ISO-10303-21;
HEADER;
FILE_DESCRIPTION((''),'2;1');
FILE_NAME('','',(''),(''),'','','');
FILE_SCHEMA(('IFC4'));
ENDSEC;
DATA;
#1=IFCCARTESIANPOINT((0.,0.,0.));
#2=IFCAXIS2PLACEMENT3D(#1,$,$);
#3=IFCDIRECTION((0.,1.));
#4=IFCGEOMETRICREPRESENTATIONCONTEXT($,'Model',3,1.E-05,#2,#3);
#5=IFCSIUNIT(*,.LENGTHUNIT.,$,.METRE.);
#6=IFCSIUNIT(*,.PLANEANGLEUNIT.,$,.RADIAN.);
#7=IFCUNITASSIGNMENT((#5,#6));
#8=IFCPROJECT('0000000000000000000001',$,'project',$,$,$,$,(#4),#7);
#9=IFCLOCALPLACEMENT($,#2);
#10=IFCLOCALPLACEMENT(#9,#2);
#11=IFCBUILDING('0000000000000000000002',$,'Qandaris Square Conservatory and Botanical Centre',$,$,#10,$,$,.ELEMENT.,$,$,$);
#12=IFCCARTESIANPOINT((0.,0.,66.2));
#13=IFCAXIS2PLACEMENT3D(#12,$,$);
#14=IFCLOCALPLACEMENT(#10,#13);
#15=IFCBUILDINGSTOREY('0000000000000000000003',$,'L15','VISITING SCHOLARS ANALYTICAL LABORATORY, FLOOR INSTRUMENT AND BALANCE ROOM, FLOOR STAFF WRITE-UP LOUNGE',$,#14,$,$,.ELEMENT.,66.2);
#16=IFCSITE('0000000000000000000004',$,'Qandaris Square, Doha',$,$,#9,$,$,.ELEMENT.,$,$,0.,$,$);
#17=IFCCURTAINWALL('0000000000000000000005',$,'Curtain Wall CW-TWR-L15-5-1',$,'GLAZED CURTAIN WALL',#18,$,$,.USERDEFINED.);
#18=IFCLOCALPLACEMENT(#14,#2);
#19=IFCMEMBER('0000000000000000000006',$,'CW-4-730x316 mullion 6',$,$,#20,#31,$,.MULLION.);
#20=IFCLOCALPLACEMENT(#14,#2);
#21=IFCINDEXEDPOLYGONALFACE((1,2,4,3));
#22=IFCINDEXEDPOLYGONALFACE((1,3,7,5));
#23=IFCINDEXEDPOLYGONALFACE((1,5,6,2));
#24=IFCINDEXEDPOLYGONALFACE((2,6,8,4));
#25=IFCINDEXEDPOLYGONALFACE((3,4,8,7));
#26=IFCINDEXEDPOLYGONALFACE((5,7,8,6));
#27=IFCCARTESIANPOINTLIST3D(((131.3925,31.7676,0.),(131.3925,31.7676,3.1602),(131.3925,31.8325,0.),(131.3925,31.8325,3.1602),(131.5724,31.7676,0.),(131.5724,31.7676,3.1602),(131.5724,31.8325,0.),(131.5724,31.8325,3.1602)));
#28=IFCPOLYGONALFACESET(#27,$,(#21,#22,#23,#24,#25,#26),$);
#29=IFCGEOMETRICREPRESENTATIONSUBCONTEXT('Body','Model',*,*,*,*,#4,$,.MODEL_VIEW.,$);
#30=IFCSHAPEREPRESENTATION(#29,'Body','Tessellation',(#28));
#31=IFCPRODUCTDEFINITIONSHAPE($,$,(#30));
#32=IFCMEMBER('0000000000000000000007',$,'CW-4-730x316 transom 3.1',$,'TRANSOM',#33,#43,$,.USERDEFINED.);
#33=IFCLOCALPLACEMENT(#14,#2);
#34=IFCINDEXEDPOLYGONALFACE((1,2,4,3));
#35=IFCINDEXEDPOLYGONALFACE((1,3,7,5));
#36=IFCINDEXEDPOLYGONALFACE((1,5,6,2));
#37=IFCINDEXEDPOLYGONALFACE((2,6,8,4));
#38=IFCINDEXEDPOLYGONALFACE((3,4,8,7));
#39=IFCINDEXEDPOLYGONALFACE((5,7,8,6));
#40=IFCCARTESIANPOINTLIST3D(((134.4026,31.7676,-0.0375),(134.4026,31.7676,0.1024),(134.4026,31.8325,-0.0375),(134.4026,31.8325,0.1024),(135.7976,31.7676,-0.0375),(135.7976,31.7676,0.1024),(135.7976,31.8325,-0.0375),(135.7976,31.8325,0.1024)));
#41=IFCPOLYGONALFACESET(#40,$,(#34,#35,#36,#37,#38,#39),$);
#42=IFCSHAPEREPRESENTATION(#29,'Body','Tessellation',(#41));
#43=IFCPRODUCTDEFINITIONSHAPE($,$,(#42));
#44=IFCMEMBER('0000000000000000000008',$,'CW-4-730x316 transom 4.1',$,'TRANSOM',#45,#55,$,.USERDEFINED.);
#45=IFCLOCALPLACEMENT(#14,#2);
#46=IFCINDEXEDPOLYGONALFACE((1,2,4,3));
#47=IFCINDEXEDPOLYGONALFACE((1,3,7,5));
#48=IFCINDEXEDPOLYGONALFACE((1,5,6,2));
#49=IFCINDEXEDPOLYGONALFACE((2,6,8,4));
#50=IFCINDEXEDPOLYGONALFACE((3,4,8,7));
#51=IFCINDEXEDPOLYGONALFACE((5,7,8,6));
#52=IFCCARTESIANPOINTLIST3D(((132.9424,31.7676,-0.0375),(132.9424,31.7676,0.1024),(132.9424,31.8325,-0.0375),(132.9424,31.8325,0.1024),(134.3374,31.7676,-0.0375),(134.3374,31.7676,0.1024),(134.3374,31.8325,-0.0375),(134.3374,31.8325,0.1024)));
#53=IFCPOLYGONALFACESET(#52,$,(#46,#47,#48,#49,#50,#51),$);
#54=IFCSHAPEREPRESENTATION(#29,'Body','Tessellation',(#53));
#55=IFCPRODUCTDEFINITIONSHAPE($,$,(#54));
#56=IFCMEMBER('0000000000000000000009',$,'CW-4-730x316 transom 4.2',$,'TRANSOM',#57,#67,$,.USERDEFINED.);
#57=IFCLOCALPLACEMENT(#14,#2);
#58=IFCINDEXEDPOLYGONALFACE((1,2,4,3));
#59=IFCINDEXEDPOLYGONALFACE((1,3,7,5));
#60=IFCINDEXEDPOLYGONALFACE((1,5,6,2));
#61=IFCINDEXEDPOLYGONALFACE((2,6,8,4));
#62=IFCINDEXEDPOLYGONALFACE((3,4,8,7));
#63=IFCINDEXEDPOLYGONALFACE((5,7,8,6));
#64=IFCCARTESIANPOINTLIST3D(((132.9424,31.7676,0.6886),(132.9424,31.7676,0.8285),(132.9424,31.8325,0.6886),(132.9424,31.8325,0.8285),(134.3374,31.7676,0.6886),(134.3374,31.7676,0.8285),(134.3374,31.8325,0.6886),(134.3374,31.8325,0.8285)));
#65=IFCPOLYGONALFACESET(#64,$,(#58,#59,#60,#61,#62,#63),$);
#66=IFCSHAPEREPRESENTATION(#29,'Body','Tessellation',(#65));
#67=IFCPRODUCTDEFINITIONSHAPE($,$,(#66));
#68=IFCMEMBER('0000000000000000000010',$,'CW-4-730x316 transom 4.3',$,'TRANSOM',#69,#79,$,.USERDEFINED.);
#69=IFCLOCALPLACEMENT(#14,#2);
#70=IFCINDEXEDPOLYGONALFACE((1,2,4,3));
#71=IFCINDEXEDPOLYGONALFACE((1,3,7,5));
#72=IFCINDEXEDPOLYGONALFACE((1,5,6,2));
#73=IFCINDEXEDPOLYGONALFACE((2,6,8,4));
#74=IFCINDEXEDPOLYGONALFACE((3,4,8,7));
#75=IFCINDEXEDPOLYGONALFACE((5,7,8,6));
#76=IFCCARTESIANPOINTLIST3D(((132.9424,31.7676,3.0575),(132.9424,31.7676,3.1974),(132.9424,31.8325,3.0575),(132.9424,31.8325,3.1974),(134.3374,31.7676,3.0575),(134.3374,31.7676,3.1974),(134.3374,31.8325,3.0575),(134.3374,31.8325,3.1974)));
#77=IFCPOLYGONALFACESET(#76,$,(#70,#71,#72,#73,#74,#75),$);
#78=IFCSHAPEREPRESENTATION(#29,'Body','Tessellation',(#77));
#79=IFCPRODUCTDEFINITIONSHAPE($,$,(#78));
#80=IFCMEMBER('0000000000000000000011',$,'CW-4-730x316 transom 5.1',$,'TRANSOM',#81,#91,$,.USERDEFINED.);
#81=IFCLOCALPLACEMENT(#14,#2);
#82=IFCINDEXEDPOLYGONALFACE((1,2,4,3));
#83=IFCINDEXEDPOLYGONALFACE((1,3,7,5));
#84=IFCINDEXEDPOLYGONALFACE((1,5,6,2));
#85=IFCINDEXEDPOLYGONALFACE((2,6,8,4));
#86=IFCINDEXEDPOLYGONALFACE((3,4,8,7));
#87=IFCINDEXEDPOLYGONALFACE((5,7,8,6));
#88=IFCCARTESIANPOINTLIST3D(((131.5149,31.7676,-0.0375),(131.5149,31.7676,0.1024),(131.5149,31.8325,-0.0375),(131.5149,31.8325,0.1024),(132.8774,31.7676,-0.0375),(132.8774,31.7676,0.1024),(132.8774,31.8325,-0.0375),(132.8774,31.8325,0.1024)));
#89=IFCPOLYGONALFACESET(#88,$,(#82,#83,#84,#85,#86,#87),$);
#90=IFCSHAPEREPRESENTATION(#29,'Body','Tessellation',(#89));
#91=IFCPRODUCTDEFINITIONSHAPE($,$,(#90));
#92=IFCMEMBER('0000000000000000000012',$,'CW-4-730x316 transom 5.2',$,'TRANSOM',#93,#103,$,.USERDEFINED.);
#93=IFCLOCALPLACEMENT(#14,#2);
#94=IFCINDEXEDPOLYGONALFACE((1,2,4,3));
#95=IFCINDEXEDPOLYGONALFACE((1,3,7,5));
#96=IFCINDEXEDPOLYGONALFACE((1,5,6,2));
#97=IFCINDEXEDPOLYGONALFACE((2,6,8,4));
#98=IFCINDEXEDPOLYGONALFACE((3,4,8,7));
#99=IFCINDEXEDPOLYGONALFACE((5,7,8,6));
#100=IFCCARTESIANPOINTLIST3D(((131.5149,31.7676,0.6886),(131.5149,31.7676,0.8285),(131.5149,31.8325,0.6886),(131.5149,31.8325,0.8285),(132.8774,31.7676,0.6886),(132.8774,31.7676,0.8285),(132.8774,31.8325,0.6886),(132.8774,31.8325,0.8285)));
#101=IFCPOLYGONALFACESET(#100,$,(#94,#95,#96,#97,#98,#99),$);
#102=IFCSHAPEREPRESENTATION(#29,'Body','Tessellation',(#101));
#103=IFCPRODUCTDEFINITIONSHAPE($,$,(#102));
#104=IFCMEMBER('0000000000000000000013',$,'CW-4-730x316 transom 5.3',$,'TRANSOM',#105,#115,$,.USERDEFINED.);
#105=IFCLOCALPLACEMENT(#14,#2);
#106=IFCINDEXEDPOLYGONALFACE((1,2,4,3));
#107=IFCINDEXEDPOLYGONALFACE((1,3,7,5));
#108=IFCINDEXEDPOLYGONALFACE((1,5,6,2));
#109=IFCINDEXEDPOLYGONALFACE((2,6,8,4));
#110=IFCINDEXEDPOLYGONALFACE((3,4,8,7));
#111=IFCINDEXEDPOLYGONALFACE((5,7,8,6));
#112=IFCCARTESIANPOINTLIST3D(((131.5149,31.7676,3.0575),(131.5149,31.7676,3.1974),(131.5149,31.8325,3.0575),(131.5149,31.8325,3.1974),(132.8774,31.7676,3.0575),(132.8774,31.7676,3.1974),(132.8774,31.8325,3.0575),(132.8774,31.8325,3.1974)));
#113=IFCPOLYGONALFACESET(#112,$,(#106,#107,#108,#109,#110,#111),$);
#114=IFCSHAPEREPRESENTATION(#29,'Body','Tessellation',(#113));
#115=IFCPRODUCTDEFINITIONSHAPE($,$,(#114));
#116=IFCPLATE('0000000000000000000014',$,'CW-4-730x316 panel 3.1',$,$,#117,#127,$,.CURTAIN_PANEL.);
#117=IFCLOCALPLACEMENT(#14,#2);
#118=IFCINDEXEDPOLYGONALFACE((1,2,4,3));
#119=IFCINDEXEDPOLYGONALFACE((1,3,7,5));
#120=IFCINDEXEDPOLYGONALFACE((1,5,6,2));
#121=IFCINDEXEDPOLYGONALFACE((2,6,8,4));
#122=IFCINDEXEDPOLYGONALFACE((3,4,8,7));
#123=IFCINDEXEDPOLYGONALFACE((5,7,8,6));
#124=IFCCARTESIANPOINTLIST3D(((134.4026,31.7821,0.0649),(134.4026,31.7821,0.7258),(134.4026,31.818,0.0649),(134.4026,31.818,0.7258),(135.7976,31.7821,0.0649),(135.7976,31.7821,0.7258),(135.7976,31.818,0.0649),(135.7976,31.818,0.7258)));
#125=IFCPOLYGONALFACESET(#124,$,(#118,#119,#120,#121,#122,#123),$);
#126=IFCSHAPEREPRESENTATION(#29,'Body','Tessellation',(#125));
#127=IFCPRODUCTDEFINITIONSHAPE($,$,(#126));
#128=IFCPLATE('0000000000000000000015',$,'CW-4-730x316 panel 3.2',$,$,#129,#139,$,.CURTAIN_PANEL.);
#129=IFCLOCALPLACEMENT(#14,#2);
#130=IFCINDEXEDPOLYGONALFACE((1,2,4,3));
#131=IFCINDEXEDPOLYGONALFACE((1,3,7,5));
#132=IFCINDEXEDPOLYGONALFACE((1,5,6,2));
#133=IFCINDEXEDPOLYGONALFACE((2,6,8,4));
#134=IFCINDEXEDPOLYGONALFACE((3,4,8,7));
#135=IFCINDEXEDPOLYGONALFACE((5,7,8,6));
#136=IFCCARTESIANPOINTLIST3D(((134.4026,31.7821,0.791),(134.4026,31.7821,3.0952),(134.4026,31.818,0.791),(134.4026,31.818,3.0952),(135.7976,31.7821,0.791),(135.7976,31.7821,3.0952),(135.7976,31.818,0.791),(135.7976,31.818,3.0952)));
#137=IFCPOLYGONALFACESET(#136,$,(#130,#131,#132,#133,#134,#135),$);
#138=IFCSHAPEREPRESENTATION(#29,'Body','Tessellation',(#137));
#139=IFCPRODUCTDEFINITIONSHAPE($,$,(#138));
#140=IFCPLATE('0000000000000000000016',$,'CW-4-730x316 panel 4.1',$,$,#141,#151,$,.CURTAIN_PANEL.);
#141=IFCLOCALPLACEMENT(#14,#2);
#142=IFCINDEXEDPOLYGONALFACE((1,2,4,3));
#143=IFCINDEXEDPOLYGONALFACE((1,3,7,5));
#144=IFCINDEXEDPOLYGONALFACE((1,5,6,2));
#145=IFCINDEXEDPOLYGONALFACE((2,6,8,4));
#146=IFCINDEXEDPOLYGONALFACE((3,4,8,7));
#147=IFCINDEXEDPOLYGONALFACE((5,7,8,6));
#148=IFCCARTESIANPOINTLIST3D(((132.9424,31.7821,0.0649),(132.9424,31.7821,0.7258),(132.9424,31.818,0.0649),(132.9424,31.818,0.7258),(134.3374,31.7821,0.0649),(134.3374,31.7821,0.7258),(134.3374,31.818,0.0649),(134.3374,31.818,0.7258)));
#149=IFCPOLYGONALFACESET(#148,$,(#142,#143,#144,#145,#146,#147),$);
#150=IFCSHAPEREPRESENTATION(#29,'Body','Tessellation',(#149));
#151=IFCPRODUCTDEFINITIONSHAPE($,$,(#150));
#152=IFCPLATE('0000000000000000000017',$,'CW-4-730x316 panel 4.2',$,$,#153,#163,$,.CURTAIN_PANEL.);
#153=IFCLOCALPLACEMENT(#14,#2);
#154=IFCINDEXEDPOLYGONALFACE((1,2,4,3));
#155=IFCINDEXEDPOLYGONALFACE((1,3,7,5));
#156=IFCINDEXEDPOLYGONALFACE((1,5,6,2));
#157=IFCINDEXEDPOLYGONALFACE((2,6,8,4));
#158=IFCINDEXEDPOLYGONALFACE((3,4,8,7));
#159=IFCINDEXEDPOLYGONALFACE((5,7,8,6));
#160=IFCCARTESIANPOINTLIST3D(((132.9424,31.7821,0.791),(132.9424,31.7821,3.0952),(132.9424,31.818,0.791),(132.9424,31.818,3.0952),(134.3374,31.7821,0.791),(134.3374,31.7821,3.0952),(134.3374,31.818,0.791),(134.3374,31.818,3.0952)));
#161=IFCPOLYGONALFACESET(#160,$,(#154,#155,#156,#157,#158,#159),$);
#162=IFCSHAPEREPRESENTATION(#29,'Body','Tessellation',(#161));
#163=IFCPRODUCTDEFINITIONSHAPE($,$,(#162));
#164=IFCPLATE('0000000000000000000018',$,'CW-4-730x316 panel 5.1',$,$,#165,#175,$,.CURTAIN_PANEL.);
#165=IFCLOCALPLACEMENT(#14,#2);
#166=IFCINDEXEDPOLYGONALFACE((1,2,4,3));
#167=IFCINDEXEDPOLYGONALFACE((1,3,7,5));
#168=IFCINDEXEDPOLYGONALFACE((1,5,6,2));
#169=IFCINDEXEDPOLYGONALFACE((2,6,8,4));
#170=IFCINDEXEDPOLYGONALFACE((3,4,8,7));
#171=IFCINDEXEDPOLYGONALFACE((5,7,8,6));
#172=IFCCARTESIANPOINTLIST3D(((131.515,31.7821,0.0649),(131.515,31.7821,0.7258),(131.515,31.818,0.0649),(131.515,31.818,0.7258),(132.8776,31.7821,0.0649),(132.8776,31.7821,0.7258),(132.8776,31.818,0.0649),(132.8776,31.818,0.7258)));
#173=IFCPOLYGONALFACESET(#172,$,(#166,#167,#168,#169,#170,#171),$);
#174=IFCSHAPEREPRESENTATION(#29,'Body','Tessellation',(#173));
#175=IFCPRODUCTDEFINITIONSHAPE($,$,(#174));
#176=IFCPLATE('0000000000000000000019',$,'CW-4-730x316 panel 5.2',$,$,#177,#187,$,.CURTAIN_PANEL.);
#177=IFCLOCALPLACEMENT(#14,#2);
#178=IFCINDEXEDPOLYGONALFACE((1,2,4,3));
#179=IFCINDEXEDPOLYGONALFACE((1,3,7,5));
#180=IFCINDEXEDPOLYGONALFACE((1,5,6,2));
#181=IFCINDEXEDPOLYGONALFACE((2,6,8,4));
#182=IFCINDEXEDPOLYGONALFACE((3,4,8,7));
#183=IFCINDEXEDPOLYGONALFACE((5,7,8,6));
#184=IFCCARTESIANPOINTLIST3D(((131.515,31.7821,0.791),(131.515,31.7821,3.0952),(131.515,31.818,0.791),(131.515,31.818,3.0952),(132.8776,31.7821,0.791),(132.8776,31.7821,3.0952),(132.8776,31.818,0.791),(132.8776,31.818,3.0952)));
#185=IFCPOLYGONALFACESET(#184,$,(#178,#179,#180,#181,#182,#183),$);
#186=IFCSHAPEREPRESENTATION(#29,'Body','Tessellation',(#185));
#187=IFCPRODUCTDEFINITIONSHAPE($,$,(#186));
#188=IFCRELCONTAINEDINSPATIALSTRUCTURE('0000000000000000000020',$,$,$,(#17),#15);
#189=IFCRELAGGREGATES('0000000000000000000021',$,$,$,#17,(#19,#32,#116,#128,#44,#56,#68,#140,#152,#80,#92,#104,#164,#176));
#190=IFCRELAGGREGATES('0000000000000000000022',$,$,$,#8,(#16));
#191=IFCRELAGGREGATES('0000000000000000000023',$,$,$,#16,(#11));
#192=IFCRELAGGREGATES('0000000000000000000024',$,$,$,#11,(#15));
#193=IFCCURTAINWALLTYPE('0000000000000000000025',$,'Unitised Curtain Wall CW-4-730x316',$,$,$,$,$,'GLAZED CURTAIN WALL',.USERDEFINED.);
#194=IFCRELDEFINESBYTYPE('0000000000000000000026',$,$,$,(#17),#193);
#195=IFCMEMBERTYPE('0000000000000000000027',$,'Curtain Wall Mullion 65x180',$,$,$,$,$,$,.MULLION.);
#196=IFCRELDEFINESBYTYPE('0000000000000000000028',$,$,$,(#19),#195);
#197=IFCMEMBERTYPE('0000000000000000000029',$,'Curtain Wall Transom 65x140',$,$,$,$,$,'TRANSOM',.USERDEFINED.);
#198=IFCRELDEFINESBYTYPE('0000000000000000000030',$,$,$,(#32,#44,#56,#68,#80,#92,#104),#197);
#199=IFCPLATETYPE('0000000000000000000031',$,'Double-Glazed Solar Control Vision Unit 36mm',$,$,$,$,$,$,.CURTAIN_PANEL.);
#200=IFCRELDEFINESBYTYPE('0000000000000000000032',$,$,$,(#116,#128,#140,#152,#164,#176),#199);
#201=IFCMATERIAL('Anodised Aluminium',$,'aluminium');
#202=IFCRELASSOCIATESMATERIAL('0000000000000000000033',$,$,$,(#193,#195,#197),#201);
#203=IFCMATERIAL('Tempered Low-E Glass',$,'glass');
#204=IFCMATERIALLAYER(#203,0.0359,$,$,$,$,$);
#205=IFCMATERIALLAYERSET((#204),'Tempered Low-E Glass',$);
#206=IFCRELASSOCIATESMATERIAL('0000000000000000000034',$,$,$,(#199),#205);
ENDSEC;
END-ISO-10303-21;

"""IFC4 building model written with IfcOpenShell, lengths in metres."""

from ifc_helpers import new_model, si_unit, direction, frame, origin, origin_2d, place, context, subcontext, project, spatial, rectangle, extrude, material, layer, layer_set, material_profile, profile_set, type_object, element, aggregate, save


model = new_model("IFC4")

# Units and contexts
model_context = context("Model", 3, precision=1e-05, world=origin(), true_north=direction((0.0, 1.0)))
body_context = subcontext(model_context, "Body", "Model", "MODEL_VIEW")
ifc_project = project(units=[si_unit("LENGTHUNIT", "METRE"), si_unit("PLANEANGLEUNIT", "RADIAN")], contexts=[model_context])

# Site, building, storey
site_placement = place(None, origin())
site = spatial("IfcSite", under=ifc_project, at=site_placement, Name="Qandaris Square, Doha", CompositionType="ELEMENT", RefElevation=0.0)
building_placement = place(site_placement, origin())
building = spatial("IfcBuilding", under=site, at=building_placement, Name="Qandaris Square Conservatory and Botanical Centre", CompositionType="ELEMENT")
storey_placement = place(building_placement, frame((0.0, 0.0, 66.2)))
storey = spatial("IfcBuildingStorey", under=building, at=storey_placement, Name="L15", Description="VISITING SCHOLARS ANALYTICAL LABORATORY, FLOOR INSTRUMENT AND BALANCE ROOM, FLOOR STAFF WRITE-UP LOUNGE", CompositionType="ELEMENT", Elevation=66.2)

# Curtain wall, members, plates
ifc_material_1 = material(Name="Anodised Aluminium", Category="aluminium")
curtain_wall_type = type_object("IfcCurtainWallType", Name="Unitised Curtain Wall CW-4-730x316", ElementType="GLAZED CURTAIN WALL", PredefinedType="USERDEFINED", material=ifc_material_1)
curtain_wall_placement = place(storey_placement, origin())
curtain_wall = element("IfcCurtainWall", 1, at=curtain_wall_placement, inside=storey, type_object=curtain_wall_type, Name="Curtain Wall CW-TWR-L15-5-1", ObjectType="GLAZED CURTAIN WALL", PredefinedType="USERDEFINED")
ifc_material_profile_1 = material_profile(ifc_material_1, rectangle(XDim=0.0649, YDim=0.1799, at=origin_2d()), Name="ALU-MUL 65x180")
ifc_profile_set_1 = profile_set([ifc_material_profile_1], Name="Anodised Aluminium")
member_type_1 = type_object("IfcMemberType", Name="Curtain Wall Mullion 65x180", PredefinedType="MULLION", material=ifc_profile_set_1)
member_1_placement = place(storey_placement, frame((131.4824, 31.8, 0.0), z_axis=(0.0, 0.0, 1.0), x_axis=(0.0, -1.0, 0.0)))
member_1 = element("IfcMember", 2, at=member_1_placement, type_object=member_type_1, Name="CW-4-730x316 mullion 6", PredefinedType="MULLION", context=body_context, shape_type="SweptSolid", body=[
    extrude(rectangle(XDim=0.0649, YDim=0.1799, at=origin_2d()), origin(), (0.0, 0.0, 1.0), 3.1602),
])
ifc_material_profile_2 = material_profile(ifc_material_1, rectangle(XDim=0.0649, YDim=0.1399, at=origin_2d()), Name="ALU-TRN 65x140")
ifc_profile_set_2 = profile_set([ifc_material_profile_2], Name="Anodised Aluminium")
member_type_2 = type_object("IfcMemberType", Name="Curtain Wall Transom 65x140", ElementType="TRANSOM", PredefinedType="USERDEFINED", material=ifc_profile_set_2)
member_2_placement = place(storey_placement, frame((135.7976, 31.8, 0.0325), z_axis=(-1.0, 0.0, 0.0), x_axis=(0.0, -1.0, 0.0)))
member_2 = element("IfcMember", 3, at=member_2_placement, type_object=member_type_2, Name="CW-4-730x316 transom 3.1", ObjectType="TRANSOM", PredefinedType="USERDEFINED", context=body_context, shape_type="SweptSolid", body=[
    extrude(rectangle(XDim=0.0649, YDim=0.1399, at=origin_2d()), origin(), (0.0, 0.0, 1.0), 1.395),
])
member_3_placement = place(storey_placement, frame((134.3374, 31.8, 0.0325), z_axis=(-1.0, 0.0, 0.0), x_axis=(0.0, -1.0, 0.0)))
member_3 = element("IfcMember", 4, at=member_3_placement, type_object=member_type_2, Name="CW-4-730x316 transom 4.1", ObjectType="TRANSOM", PredefinedType="USERDEFINED", context=body_context, shape_type="SweptSolid", body=[
    extrude(rectangle(XDim=0.0649, YDim=0.1399, at=origin_2d()), origin(), (0.0, 0.0, 1.0), 1.395),
])
member_4_placement = place(storey_placement, frame((134.3374, 31.8, 0.7585), z_axis=(-1.0, 0.0, 0.0), x_axis=(0.0, -1.0, 0.0)))
member_4 = element("IfcMember", 5, at=member_4_placement, type_object=member_type_2, Name="CW-4-730x316 transom 4.2", ObjectType="TRANSOM", PredefinedType="USERDEFINED", context=body_context, shape_type="SweptSolid", body=[
    extrude(rectangle(XDim=0.0649, YDim=0.1399, at=origin_2d()), origin(), (0.0, 0.0, 1.0), 1.395),
])
member_5_placement = place(storey_placement, frame((134.3374, 31.8, 3.1274), z_axis=(-1.0, 0.0, 0.0), x_axis=(0.0, -1.0, 0.0)))
member_5 = element("IfcMember", 6, at=member_5_placement, type_object=member_type_2, Name="CW-4-730x316 transom 4.3", ObjectType="TRANSOM", PredefinedType="USERDEFINED", context=body_context, shape_type="SweptSolid", body=[
    extrude(rectangle(XDim=0.0649, YDim=0.1399, at=origin_2d()), origin(), (0.0, 0.0, 1.0), 1.395),
])
member_6_placement = place(storey_placement, frame((132.8774, 31.8, 0.0325), z_axis=(-1.0, 0.0, 0.0), x_axis=(0.0, -1.0, 0.0)))
member_6 = element("IfcMember", 7, at=member_6_placement, type_object=member_type_2, Name="CW-4-730x316 transom 5.1", ObjectType="TRANSOM", PredefinedType="USERDEFINED", context=body_context, shape_type="SweptSolid", body=[
    extrude(rectangle(XDim=0.0649, YDim=0.1399, at=origin_2d()), origin(), (0.0, 0.0, 1.0), 1.3625),
])
member_7_placement = place(storey_placement, frame((132.8774, 31.8, 0.7585), z_axis=(-1.0, 0.0, 0.0), x_axis=(0.0, -1.0, 0.0)))
member_7 = element("IfcMember", 8, at=member_7_placement, type_object=member_type_2, Name="CW-4-730x316 transom 5.2", ObjectType="TRANSOM", PredefinedType="USERDEFINED", context=body_context, shape_type="SweptSolid", body=[
    extrude(rectangle(XDim=0.0649, YDim=0.1399, at=origin_2d()), origin(), (0.0, 0.0, 1.0), 1.3625),
])
member_8_placement = place(storey_placement, frame((132.8774, 31.8, 3.1274), z_axis=(-1.0, 0.0, 0.0), x_axis=(0.0, -1.0, 0.0)))
member_8 = element("IfcMember", 9, at=member_8_placement, type_object=member_type_2, Name="CW-4-730x316 transom 5.3", ObjectType="TRANSOM", PredefinedType="USERDEFINED", context=body_context, shape_type="SweptSolid", body=[
    extrude(rectangle(XDim=0.0649, YDim=0.1399, at=origin_2d()), origin(), (0.0, 0.0, 1.0), 1.3625),
])
ifc_material_2 = material(Name="Tempered Low-E Glass", Category="glass")
ifc_layer_1 = layer(ifc_material_2, 0.0359)
ifc_layer_set_1 = layer_set([ifc_layer_1], Name="Tempered Low-E Glass")
plate_type = type_object("IfcPlateType", Name="Double-Glazed Solar Control Vision Unit 36mm", PredefinedType="CURTAIN_PANEL", material=ifc_layer_set_1)
plate_1_placement = place(storey_placement, frame((135.1001, 31.8, 0.0649), z_axis=(0.0, 0.0, 1.0), x_axis=(-1.0, 0.0, 0.0)))
plate_1 = element("IfcPlate", 10, at=plate_1_placement, type_object=plate_type, Name="CW-4-730x316 panel 3.1", PredefinedType="CURTAIN_PANEL", context=body_context, shape_type="SweptSolid", body=[
    extrude(rectangle(XDim=1.395, YDim=0.0359, at=origin_2d()), origin(), (0.0, 0.0, 1.0), 0.6609),
])
plate_2_placement = place(storey_placement, frame((135.1001, 31.8, 0.791), z_axis=(0.0, 0.0, 1.0), x_axis=(-1.0, 0.0, 0.0)))
plate_2 = element("IfcPlate", 11, at=plate_2_placement, type_object=plate_type, Name="CW-4-730x316 panel 3.2", PredefinedType="CURTAIN_PANEL", context=body_context, shape_type="SweptSolid", body=[
    extrude(rectangle(XDim=1.395, YDim=0.0359, at=origin_2d()), origin(), (0.0, 0.0, 1.0), 2.3042),
])
plate_3_placement = place(storey_placement, frame((133.6399, 31.8, 0.0649), z_axis=(0.0, 0.0, 1.0), x_axis=(-1.0, 0.0, 0.0)))
plate_3 = element("IfcPlate", 12, at=plate_3_placement, type_object=plate_type, Name="CW-4-730x316 panel 4.1", PredefinedType="CURTAIN_PANEL", context=body_context, shape_type="SweptSolid", body=[
    extrude(rectangle(XDim=1.395, YDim=0.0359, at=origin_2d()), origin(), (0.0, 0.0, 1.0), 0.6609),
])
plate_4_placement = place(storey_placement, frame((133.6399, 31.8, 0.791), z_axis=(0.0, 0.0, 1.0), x_axis=(-1.0, 0.0, 0.0)))
plate_4 = element("IfcPlate", 13, at=plate_4_placement, type_object=plate_type, Name="CW-4-730x316 panel 4.2", PredefinedType="CURTAIN_PANEL", context=body_context, shape_type="SweptSolid", body=[
    extrude(rectangle(XDim=1.395, YDim=0.0359, at=origin_2d()), origin(), (0.0, 0.0, 1.0), 2.3042),
])
plate_5_placement = place(storey_placement, frame((132.1963, 31.8, 0.0649), z_axis=(0.0, 0.0, 1.0), x_axis=(-1.0, 0.0, 0.0)))
plate_5 = element("IfcPlate", 14, at=plate_5_placement, type_object=plate_type, Name="CW-4-730x316 panel 5.1", PredefinedType="CURTAIN_PANEL", context=body_context, shape_type="SweptSolid", body=[
    extrude(rectangle(XDim=1.3625, YDim=0.0359, at=origin_2d()), origin(), (0.0, 0.0, 1.0), 0.6609),
])
plate_6_placement = place(storey_placement, frame((132.1963, 31.8, 0.791), z_axis=(0.0, 0.0, 1.0), x_axis=(-1.0, 0.0, 0.0)))
plate_6 = element("IfcPlate", 15, at=plate_6_placement, type_object=plate_type, Name="CW-4-730x316 panel 5.2", PredefinedType="CURTAIN_PANEL", context=body_context, shape_type="SweptSolid", body=[
    extrude(rectangle(XDim=1.3625, YDim=0.0359, at=origin_2d()), origin(), (0.0, 0.0, 1.0), 2.3042),
])
aggregate(curtain_wall, [member_1, member_2, plate_1, plate_2, member_3, member_4, member_5, plate_3, plate_4, member_6, member_7, member_8, plate_5, plate_6])

save(model, "model.ifc")
